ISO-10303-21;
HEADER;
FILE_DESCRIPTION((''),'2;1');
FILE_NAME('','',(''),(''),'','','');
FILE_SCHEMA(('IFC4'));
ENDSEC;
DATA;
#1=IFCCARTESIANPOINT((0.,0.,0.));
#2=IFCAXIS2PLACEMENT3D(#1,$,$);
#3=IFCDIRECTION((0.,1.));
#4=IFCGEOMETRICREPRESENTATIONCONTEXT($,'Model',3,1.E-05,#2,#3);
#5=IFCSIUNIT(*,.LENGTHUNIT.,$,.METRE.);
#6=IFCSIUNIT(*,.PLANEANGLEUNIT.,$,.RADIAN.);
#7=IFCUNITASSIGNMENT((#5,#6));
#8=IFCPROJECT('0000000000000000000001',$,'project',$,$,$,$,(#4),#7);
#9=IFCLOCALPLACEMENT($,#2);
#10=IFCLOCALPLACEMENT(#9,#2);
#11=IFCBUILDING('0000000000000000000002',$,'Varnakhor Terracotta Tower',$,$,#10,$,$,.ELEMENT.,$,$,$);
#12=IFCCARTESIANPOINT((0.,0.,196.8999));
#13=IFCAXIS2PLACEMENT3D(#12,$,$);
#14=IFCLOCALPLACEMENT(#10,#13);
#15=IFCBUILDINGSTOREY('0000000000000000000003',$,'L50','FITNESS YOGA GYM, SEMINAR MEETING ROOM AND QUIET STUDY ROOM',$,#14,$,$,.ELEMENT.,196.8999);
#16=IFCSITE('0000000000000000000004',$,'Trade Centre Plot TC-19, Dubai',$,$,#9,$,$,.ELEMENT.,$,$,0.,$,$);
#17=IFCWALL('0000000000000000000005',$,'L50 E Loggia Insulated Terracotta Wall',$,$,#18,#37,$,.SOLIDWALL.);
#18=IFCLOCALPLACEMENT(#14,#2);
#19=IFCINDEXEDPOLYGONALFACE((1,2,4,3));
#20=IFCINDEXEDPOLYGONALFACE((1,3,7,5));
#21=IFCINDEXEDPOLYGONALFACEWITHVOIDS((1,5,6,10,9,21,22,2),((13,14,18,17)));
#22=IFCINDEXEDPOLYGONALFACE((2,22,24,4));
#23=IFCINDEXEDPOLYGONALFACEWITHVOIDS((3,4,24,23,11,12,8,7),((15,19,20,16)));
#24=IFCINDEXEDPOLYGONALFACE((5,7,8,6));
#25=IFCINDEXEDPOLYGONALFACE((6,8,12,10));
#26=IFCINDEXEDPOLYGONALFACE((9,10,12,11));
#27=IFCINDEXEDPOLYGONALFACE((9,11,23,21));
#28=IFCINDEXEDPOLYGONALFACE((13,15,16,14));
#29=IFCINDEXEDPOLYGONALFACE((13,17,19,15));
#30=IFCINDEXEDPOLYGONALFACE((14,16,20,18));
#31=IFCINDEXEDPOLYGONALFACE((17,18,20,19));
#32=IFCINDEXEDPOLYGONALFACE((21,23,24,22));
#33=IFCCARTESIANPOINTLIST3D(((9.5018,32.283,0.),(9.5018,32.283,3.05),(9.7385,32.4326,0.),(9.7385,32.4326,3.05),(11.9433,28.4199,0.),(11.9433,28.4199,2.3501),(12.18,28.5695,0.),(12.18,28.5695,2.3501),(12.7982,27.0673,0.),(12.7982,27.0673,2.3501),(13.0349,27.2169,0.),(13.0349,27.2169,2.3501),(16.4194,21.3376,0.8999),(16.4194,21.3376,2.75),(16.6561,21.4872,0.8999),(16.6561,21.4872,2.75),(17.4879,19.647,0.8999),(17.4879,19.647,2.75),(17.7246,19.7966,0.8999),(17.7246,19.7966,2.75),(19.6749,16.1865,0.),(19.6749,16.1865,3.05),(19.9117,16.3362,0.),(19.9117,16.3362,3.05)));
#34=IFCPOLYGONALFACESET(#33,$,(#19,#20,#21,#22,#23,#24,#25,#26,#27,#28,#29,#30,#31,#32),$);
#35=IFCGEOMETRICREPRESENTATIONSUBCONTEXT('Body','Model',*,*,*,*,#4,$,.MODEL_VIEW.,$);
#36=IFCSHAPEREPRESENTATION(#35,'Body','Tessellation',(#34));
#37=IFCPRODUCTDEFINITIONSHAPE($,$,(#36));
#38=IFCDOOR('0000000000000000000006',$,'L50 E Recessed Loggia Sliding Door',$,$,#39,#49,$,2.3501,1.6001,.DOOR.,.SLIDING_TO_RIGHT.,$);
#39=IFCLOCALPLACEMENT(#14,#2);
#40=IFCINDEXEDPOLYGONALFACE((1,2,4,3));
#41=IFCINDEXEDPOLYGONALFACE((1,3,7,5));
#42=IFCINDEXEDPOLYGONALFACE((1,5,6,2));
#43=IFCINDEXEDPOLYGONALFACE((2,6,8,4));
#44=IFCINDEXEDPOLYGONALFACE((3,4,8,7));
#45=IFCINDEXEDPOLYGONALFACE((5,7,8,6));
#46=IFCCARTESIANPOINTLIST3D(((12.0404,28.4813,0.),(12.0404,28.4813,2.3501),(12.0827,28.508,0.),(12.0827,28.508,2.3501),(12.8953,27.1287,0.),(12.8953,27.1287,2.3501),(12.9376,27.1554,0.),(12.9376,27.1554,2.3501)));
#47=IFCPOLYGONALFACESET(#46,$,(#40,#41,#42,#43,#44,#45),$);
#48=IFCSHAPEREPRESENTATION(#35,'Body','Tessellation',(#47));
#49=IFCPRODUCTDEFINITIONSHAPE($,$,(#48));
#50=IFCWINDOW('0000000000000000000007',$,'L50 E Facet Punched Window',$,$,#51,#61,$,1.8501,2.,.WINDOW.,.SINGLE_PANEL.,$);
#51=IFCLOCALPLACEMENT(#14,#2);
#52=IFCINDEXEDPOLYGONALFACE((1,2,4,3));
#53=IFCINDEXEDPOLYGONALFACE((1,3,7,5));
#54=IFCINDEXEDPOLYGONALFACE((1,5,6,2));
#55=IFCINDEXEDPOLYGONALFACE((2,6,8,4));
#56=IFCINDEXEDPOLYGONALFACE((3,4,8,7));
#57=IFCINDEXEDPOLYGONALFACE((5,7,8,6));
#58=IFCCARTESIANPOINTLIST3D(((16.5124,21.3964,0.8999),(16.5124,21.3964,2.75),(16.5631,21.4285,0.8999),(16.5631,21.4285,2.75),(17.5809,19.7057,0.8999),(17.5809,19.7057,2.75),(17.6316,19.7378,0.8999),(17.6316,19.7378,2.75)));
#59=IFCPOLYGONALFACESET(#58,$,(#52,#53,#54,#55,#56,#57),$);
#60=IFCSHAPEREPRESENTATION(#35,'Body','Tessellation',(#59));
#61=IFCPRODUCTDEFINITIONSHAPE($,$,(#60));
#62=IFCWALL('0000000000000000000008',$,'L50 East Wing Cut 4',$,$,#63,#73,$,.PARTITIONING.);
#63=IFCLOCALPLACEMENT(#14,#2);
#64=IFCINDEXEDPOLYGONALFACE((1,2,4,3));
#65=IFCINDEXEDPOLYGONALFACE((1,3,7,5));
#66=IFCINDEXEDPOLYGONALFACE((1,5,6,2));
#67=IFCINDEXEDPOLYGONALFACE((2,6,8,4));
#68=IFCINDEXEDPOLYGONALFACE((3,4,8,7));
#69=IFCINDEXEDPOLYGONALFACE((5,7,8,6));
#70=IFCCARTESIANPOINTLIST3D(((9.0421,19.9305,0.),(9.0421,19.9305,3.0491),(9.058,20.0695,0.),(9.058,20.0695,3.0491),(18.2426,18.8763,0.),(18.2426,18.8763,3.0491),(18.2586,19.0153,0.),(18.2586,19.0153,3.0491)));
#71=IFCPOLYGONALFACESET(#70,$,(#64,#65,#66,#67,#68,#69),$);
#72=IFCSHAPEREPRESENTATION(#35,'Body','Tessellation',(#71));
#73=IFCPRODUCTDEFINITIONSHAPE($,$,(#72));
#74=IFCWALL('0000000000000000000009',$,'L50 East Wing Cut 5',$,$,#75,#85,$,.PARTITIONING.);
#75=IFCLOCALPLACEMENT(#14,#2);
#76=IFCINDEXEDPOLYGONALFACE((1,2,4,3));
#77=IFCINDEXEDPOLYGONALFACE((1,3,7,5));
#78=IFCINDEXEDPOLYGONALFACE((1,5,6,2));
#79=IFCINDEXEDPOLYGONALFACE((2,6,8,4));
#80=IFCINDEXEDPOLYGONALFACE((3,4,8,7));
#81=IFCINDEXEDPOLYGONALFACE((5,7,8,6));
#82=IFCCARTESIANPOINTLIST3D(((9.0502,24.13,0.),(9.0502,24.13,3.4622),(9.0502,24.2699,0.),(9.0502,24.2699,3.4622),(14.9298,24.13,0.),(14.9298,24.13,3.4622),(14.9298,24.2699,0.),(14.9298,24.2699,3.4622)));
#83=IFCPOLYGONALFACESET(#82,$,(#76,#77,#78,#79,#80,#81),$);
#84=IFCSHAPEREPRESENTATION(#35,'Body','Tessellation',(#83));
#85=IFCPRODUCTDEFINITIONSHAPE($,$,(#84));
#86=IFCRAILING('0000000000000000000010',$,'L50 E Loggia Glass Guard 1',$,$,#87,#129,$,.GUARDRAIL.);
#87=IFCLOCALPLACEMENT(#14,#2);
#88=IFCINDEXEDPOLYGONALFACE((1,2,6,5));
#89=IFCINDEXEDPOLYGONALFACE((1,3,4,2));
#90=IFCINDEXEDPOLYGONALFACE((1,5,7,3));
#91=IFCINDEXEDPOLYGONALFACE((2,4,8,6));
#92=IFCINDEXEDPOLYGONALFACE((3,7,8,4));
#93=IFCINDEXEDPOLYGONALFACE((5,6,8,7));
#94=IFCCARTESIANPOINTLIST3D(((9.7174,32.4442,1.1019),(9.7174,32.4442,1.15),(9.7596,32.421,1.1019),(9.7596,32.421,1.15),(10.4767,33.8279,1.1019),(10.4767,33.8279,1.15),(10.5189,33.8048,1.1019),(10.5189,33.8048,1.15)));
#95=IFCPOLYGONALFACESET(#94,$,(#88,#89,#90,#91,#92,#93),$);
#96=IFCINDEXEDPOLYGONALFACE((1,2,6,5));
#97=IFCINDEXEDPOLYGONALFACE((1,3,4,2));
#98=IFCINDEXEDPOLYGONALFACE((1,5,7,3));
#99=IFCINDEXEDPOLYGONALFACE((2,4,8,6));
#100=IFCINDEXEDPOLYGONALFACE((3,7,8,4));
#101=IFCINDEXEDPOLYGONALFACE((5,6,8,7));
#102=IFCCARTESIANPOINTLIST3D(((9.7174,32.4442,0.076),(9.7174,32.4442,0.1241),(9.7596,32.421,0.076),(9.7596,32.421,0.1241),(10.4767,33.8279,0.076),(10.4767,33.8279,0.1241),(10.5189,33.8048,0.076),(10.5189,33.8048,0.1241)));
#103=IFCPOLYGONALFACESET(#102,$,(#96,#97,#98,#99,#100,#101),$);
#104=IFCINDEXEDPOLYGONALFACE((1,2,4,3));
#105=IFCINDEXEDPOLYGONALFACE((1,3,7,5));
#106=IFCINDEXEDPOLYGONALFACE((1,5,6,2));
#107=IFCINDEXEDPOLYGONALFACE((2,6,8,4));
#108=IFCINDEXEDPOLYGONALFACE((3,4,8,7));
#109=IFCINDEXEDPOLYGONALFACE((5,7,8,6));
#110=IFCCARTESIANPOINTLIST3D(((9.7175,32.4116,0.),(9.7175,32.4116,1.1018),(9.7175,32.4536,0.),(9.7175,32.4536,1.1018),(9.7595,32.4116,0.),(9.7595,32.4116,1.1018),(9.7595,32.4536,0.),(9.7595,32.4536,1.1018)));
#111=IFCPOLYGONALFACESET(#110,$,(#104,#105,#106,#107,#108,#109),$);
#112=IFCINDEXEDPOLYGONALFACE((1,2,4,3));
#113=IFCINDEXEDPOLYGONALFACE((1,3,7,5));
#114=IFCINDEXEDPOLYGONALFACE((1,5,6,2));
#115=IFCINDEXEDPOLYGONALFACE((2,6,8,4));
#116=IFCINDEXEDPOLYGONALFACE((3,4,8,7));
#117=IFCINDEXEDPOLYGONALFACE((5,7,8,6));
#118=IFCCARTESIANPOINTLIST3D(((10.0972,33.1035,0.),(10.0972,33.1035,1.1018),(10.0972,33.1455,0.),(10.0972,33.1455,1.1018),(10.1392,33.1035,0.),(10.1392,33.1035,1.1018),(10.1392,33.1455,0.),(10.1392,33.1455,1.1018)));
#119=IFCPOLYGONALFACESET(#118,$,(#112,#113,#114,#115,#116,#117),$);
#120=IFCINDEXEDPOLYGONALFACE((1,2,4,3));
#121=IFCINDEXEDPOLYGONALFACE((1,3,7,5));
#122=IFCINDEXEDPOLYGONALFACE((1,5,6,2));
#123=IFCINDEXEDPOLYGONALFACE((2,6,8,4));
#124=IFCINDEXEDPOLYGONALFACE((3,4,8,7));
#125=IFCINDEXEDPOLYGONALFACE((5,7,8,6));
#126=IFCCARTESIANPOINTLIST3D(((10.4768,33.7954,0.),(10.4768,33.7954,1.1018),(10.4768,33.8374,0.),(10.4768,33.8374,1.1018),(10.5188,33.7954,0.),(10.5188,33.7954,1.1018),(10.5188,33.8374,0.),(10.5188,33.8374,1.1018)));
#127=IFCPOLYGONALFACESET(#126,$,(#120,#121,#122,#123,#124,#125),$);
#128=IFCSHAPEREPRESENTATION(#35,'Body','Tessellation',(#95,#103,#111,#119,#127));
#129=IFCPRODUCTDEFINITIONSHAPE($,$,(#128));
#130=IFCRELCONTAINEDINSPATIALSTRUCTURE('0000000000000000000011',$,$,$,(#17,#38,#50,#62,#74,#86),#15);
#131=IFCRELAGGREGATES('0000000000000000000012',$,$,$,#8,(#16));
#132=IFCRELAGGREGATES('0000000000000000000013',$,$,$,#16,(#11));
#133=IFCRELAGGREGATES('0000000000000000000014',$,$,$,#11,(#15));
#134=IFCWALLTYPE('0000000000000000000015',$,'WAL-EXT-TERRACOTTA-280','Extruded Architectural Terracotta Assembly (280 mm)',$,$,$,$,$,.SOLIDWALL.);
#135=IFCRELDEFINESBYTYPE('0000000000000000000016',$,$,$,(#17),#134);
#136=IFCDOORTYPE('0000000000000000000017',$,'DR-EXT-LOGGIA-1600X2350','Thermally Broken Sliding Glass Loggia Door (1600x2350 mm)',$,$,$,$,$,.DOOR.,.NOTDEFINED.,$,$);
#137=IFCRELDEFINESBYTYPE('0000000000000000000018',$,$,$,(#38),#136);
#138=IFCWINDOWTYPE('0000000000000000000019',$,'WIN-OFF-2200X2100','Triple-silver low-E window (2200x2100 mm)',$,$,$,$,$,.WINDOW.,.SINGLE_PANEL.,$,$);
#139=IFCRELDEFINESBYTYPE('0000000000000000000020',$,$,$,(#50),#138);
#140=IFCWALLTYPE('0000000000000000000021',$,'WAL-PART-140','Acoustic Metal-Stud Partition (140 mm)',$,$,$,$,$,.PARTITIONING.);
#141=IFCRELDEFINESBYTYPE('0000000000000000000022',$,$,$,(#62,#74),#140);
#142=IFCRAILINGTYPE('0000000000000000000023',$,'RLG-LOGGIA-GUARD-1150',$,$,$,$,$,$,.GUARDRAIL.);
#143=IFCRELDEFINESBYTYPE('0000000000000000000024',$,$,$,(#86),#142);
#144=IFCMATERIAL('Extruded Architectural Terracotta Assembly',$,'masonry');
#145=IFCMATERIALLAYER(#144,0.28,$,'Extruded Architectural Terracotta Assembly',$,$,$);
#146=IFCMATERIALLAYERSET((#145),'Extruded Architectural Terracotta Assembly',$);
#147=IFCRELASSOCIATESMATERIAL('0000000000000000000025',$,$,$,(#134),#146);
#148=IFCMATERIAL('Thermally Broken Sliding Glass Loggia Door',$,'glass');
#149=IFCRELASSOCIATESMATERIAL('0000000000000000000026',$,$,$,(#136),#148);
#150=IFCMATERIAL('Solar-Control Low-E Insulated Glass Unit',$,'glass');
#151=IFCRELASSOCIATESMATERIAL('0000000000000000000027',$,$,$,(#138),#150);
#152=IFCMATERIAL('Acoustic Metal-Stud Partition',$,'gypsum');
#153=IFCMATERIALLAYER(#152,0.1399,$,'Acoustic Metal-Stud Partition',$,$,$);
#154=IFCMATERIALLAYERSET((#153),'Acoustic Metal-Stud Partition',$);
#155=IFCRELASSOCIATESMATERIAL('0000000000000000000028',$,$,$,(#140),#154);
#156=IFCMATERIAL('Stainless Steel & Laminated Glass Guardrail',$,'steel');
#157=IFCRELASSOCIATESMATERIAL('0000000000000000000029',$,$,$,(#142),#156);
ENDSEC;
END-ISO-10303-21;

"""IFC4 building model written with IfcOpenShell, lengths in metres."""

from ifc_helpers import new_model, si_unit, direction, frame, frame_2d, origin, origin_2d, place, context, subcontext, project, spatial, rectangle, extrude, source, transform, mapped, material, layer, layer_set, type_object, type_shapes, element, fill, save


model = new_model("IFC4")

# Units and contexts
model_context = context("Model", 3, precision=1e-05, world=origin(), true_north=direction((0.0, 1.0)))
body_context = subcontext(model_context, "Body", "Model", "MODEL_VIEW")
ifc_project = project(units=[si_unit("LENGTHUNIT", "METRE"), si_unit("PLANEANGLEUNIT", "RADIAN")], contexts=[model_context])

# Site, building, storey
site_placement = place(None, origin())
site = spatial("IfcSite", under=ifc_project, at=site_placement, Name="Trade Centre Plot TC-19, Dubai", CompositionType="ELEMENT", RefElevation=0.0)
building_placement = place(site_placement, origin())
building = spatial("IfcBuilding", under=site, at=building_placement, Name="Varnakhor Terracotta Tower", CompositionType="ELEMENT")
storey_placement = place(building_placement, frame((0.0, 0.0, 196.8999)))
storey = spatial("IfcBuildingStorey", under=building, at=storey_placement, Name="L50", Description="FITNESS YOGA GYM, SEMINAR MEETING ROOM AND QUIET STUDY ROOM", CompositionType="ELEMENT", Elevation=196.8999)

# Wall, openings, door, window
ifc_material_1 = material(Name="Extruded Architectural Terracotta Assembly", Category="masonry")
ifc_layer_1 = layer(ifc_material_1, 0.28, Name="Extruded Architectural Terracotta Assembly")
ifc_layer_set_1 = layer_set([ifc_layer_1], Name="Extruded Architectural Terracotta Assembly")
wall_type_1 = type_object("IfcWallType", Name="WAL-EXT-TERRACOTTA-280", Description="Extruded Architectural Terracotta Assembly (280 mm)", PredefinedType="SOLIDWALL", material=ifc_layer_set_1)
wall_1_placement = place(storey_placement, frame((9.6201, 32.3579, 0.0), z_axis=(0.0, 0.0, 1.0), x_axis=(0.534253, -0.845325, 0.0)))
wall_1 = element("IfcWall", 1, at=wall_1_placement, inside=storey, type_object=wall_type_1, Name="L50 E Loggia Insulated Terracotta Wall", PredefinedType="SOLIDWALL", context=body_context, shape_type="SweptSolid", body=[
    extrude(rectangle(XDim=19.0417, YDim=0.28, at=frame_2d((9.521, 0.0))), origin(), (0.0, 0.0, 1.0), 3.05),
])
opening_1_placement = place(wall_1_placement, frame((4.5701, 0.0, 0.0)))
opening_1 = element("IfcOpeningElement", 2, at=opening_1_placement, cuts=wall_1, PredefinedType="OPENING", context=body_context, shape_type="SweptSolid", body=[
    extrude(rectangle(XDim=1.6001, YDim=2.3501, at=frame_2d((0.8, 1.175))), frame((0.0, 0.1499, 0.0), z_axis=(0.0, -1.0, 0.0), x_axis=(1.0, 0.0, 0.0)), (0.0, 0.0, 1.0), 0.3),
])
opening_2_placement = place(wall_1_placement, frame((12.9482, 0.0, 0.8999)))
opening_2 = element("IfcOpeningElement", 3, at=opening_2_placement, cuts=wall_1, PredefinedType="OPENING", context=body_context, shape_type="SweptSolid", body=[
    extrude(rectangle(XDim=2.0, YDim=1.8501, at=frame_2d((1.0, 0.925))), frame((0.0, 0.1499, 0.0), z_axis=(0.0, -1.0, 0.0), x_axis=(1.0, 0.0, 0.0)), (0.0, 0.0, 1.0), 0.3),
])
ifc_material_2 = material(Name="Thermally Broken Sliding Glass Loggia Door", Category="glass")
door_type = type_object("IfcDoorType", Name="DR-EXT-LOGGIA-1600X2350", Description="Thermally Broken Sliding Glass Loggia Door (1600x2350 mm)", OperationType="NOTDEFINED", PredefinedType="DOOR", material=ifc_material_2)
shared_shape_1 = source(origin(), body_context, "Body", "SweptSolid", [
    extrude(rectangle(XDim=1.6001, YDim=2.3501, at=frame_2d((0.8, 1.175))), frame((0.0, 0.0249, 0.0), z_axis=(0.0, -1.0, 0.0), x_axis=(1.0, 0.0, 0.0)), (0.0, 0.0, 1.0), 0.05),
])
type_shapes(door_type, [shared_shape_1])
door_placement = place(opening_1_placement, origin())
door = element("IfcDoor", 4, at=door_placement, inside=storey, type_object=door_type, Name="L50 E Recessed Loggia Sliding Door", OperationType="SLIDING_TO_RIGHT", OverallHeight=2.3501, OverallWidth=1.6001, PredefinedType="DOOR", context=body_context, shape_type="MappedRepresentation", body=[
    mapped(shared_shape_1, transform((0.0, 0.0, 0.0), scale=1.0)),
])
fill(opening_1, door)
ifc_material_3 = material(Name="Solar-Control Low-E Insulated Glass Unit", Category="glass")
window_type = type_object("IfcWindowType", Name="WIN-OFF-2200X2100", Description="Triple-silver low-E window (2200x2100 mm)", PartitioningType="SINGLE_PANEL", PredefinedType="WINDOW", material=ifc_material_3)
shared_shape_2 = source(origin(), body_context, "Body", "SweptSolid", [
    extrude(rectangle(XDim=2.0, YDim=1.8501, at=frame_2d((1.0, 0.925))), frame((0.0, 0.03, 0.0), z_axis=(0.0, -1.0, 0.0), x_axis=(1.0, 0.0, 0.0)), (0.0, 0.0, 1.0), 0.0601),
])
type_shapes(window_type, [shared_shape_2])
window_placement = place(opening_2_placement, origin())
window = element("IfcWindow", 5, at=window_placement, inside=storey, type_object=window_type, Name="L50 E Facet Punched Window", OverallHeight=1.8501, OverallWidth=2.0, PartitioningType="SINGLE_PANEL", PredefinedType="WINDOW", context=body_context, shape_type="MappedRepresentation", body=[
    mapped(shared_shape_2, transform((0.0, 0.0, 0.0), scale=1.0)),
])
fill(opening_2, window)

# Walls
ifc_material_4 = material(Name="Acoustic Metal-Stud Partition", Category="gypsum")
ifc_layer_2 = layer(ifc_material_4, 0.1399, Name="Acoustic Metal-Stud Partition")
ifc_layer_set_2 = layer_set([ifc_layer_2], Name="Acoustic Metal-Stud Partition")
wall_type_2 = type_object("IfcWallType", Name="WAL-PART-140", Description="Acoustic Metal-Stud Partition (140 mm)", PredefinedType="PARTITIONING", material=ifc_layer_set_2)
wall_2_placement = place(storey_placement, frame((9.05, 20.0, 0.0), z_axis=(0.0, 0.0, 1.0), x_axis=(0.993499, -0.113837, 0.0)))
element("IfcWall", 6, at=wall_2_placement, inside=storey, type_object=wall_type_2, Name="L50 East Wing Cut 4", PredefinedType="PARTITIONING", context=body_context, shape_type="SweptSolid", body=[
    extrude(rectangle(XDim=9.2607, YDim=0.1399, at=frame_2d((4.6304, 0.0))), origin(), (0.0, 0.0, 1.0), 3.0491),
])
wall_3_placement = place(storey_placement, frame((9.05, 24.2, 0.0), z_axis=(0.0, 0.0, 1.0), x_axis=(1.0, 0.0, 0.0)))
element("IfcWall", 7, at=wall_3_placement, inside=storey, type_object=wall_type_2, Name="L50 East Wing Cut 5", PredefinedType="PARTITIONING", context=body_context, shape_type="SweptSolid", body=[
    extrude(rectangle(XDim=5.8796, YDim=0.1399, at=frame_2d((2.9399, 0.0))), origin(), (0.0, 0.0, 1.0), 3.4622),
])

# Railing
ifc_material_5 = material(Name="Stainless Steel & Laminated Glass Guardrail", Category="steel")
railing_type = type_object("IfcRailingType", Name="RLG-LOGGIA-GUARD-1150", PredefinedType="GUARDRAIL", material=ifc_material_5)
railing_1_placement = place(storey_placement, frame((9.7385, 32.4326, 0.0)))
element("IfcRailing", 8, at=railing_1_placement, inside=storey, type_object=railing_type, Name="L50 E Loggia Glass Guard 1", PredefinedType="GUARDRAIL", context=body_context, shape_type="SweptSolid", body=[
    extrude(rectangle(XDim=0.0481, YDim=0.0481, at=origin_2d()), frame((0.0, 0.0, 1.126), z_axis=(0.48104, 0.876699, 0.0), x_axis=(-0.876699, 0.48104, 0.0)), (0.0, 0.0, 1.0), 1.5784),
    extrude(rectangle(XDim=0.0481, YDim=0.0481, at=origin_2d()), frame((0.0, 0.0, 0.1001), z_axis=(0.48104, 0.876699, 0.0), x_axis=(-0.876699, 0.48104, 0.0)), (0.0, 0.0, 1.0), 1.5784),
    extrude(rectangle(XDim=0.042, YDim=0.042, at=origin_2d()), origin(), (0.0, 0.0, 1.0), 1.1018),
    extrude(rectangle(XDim=0.042, YDim=0.042, at=origin_2d()), frame((0.3796, 0.6919, 0.0)), (0.0, 0.0, 1.0), 1.1018),
    extrude(rectangle(XDim=0.042, YDim=0.042, at=origin_2d()), frame((0.7593, 1.3838, 0.0)), (0.0, 0.0, 1.0), 1.1018),
])

save(model, "model.ifc")
